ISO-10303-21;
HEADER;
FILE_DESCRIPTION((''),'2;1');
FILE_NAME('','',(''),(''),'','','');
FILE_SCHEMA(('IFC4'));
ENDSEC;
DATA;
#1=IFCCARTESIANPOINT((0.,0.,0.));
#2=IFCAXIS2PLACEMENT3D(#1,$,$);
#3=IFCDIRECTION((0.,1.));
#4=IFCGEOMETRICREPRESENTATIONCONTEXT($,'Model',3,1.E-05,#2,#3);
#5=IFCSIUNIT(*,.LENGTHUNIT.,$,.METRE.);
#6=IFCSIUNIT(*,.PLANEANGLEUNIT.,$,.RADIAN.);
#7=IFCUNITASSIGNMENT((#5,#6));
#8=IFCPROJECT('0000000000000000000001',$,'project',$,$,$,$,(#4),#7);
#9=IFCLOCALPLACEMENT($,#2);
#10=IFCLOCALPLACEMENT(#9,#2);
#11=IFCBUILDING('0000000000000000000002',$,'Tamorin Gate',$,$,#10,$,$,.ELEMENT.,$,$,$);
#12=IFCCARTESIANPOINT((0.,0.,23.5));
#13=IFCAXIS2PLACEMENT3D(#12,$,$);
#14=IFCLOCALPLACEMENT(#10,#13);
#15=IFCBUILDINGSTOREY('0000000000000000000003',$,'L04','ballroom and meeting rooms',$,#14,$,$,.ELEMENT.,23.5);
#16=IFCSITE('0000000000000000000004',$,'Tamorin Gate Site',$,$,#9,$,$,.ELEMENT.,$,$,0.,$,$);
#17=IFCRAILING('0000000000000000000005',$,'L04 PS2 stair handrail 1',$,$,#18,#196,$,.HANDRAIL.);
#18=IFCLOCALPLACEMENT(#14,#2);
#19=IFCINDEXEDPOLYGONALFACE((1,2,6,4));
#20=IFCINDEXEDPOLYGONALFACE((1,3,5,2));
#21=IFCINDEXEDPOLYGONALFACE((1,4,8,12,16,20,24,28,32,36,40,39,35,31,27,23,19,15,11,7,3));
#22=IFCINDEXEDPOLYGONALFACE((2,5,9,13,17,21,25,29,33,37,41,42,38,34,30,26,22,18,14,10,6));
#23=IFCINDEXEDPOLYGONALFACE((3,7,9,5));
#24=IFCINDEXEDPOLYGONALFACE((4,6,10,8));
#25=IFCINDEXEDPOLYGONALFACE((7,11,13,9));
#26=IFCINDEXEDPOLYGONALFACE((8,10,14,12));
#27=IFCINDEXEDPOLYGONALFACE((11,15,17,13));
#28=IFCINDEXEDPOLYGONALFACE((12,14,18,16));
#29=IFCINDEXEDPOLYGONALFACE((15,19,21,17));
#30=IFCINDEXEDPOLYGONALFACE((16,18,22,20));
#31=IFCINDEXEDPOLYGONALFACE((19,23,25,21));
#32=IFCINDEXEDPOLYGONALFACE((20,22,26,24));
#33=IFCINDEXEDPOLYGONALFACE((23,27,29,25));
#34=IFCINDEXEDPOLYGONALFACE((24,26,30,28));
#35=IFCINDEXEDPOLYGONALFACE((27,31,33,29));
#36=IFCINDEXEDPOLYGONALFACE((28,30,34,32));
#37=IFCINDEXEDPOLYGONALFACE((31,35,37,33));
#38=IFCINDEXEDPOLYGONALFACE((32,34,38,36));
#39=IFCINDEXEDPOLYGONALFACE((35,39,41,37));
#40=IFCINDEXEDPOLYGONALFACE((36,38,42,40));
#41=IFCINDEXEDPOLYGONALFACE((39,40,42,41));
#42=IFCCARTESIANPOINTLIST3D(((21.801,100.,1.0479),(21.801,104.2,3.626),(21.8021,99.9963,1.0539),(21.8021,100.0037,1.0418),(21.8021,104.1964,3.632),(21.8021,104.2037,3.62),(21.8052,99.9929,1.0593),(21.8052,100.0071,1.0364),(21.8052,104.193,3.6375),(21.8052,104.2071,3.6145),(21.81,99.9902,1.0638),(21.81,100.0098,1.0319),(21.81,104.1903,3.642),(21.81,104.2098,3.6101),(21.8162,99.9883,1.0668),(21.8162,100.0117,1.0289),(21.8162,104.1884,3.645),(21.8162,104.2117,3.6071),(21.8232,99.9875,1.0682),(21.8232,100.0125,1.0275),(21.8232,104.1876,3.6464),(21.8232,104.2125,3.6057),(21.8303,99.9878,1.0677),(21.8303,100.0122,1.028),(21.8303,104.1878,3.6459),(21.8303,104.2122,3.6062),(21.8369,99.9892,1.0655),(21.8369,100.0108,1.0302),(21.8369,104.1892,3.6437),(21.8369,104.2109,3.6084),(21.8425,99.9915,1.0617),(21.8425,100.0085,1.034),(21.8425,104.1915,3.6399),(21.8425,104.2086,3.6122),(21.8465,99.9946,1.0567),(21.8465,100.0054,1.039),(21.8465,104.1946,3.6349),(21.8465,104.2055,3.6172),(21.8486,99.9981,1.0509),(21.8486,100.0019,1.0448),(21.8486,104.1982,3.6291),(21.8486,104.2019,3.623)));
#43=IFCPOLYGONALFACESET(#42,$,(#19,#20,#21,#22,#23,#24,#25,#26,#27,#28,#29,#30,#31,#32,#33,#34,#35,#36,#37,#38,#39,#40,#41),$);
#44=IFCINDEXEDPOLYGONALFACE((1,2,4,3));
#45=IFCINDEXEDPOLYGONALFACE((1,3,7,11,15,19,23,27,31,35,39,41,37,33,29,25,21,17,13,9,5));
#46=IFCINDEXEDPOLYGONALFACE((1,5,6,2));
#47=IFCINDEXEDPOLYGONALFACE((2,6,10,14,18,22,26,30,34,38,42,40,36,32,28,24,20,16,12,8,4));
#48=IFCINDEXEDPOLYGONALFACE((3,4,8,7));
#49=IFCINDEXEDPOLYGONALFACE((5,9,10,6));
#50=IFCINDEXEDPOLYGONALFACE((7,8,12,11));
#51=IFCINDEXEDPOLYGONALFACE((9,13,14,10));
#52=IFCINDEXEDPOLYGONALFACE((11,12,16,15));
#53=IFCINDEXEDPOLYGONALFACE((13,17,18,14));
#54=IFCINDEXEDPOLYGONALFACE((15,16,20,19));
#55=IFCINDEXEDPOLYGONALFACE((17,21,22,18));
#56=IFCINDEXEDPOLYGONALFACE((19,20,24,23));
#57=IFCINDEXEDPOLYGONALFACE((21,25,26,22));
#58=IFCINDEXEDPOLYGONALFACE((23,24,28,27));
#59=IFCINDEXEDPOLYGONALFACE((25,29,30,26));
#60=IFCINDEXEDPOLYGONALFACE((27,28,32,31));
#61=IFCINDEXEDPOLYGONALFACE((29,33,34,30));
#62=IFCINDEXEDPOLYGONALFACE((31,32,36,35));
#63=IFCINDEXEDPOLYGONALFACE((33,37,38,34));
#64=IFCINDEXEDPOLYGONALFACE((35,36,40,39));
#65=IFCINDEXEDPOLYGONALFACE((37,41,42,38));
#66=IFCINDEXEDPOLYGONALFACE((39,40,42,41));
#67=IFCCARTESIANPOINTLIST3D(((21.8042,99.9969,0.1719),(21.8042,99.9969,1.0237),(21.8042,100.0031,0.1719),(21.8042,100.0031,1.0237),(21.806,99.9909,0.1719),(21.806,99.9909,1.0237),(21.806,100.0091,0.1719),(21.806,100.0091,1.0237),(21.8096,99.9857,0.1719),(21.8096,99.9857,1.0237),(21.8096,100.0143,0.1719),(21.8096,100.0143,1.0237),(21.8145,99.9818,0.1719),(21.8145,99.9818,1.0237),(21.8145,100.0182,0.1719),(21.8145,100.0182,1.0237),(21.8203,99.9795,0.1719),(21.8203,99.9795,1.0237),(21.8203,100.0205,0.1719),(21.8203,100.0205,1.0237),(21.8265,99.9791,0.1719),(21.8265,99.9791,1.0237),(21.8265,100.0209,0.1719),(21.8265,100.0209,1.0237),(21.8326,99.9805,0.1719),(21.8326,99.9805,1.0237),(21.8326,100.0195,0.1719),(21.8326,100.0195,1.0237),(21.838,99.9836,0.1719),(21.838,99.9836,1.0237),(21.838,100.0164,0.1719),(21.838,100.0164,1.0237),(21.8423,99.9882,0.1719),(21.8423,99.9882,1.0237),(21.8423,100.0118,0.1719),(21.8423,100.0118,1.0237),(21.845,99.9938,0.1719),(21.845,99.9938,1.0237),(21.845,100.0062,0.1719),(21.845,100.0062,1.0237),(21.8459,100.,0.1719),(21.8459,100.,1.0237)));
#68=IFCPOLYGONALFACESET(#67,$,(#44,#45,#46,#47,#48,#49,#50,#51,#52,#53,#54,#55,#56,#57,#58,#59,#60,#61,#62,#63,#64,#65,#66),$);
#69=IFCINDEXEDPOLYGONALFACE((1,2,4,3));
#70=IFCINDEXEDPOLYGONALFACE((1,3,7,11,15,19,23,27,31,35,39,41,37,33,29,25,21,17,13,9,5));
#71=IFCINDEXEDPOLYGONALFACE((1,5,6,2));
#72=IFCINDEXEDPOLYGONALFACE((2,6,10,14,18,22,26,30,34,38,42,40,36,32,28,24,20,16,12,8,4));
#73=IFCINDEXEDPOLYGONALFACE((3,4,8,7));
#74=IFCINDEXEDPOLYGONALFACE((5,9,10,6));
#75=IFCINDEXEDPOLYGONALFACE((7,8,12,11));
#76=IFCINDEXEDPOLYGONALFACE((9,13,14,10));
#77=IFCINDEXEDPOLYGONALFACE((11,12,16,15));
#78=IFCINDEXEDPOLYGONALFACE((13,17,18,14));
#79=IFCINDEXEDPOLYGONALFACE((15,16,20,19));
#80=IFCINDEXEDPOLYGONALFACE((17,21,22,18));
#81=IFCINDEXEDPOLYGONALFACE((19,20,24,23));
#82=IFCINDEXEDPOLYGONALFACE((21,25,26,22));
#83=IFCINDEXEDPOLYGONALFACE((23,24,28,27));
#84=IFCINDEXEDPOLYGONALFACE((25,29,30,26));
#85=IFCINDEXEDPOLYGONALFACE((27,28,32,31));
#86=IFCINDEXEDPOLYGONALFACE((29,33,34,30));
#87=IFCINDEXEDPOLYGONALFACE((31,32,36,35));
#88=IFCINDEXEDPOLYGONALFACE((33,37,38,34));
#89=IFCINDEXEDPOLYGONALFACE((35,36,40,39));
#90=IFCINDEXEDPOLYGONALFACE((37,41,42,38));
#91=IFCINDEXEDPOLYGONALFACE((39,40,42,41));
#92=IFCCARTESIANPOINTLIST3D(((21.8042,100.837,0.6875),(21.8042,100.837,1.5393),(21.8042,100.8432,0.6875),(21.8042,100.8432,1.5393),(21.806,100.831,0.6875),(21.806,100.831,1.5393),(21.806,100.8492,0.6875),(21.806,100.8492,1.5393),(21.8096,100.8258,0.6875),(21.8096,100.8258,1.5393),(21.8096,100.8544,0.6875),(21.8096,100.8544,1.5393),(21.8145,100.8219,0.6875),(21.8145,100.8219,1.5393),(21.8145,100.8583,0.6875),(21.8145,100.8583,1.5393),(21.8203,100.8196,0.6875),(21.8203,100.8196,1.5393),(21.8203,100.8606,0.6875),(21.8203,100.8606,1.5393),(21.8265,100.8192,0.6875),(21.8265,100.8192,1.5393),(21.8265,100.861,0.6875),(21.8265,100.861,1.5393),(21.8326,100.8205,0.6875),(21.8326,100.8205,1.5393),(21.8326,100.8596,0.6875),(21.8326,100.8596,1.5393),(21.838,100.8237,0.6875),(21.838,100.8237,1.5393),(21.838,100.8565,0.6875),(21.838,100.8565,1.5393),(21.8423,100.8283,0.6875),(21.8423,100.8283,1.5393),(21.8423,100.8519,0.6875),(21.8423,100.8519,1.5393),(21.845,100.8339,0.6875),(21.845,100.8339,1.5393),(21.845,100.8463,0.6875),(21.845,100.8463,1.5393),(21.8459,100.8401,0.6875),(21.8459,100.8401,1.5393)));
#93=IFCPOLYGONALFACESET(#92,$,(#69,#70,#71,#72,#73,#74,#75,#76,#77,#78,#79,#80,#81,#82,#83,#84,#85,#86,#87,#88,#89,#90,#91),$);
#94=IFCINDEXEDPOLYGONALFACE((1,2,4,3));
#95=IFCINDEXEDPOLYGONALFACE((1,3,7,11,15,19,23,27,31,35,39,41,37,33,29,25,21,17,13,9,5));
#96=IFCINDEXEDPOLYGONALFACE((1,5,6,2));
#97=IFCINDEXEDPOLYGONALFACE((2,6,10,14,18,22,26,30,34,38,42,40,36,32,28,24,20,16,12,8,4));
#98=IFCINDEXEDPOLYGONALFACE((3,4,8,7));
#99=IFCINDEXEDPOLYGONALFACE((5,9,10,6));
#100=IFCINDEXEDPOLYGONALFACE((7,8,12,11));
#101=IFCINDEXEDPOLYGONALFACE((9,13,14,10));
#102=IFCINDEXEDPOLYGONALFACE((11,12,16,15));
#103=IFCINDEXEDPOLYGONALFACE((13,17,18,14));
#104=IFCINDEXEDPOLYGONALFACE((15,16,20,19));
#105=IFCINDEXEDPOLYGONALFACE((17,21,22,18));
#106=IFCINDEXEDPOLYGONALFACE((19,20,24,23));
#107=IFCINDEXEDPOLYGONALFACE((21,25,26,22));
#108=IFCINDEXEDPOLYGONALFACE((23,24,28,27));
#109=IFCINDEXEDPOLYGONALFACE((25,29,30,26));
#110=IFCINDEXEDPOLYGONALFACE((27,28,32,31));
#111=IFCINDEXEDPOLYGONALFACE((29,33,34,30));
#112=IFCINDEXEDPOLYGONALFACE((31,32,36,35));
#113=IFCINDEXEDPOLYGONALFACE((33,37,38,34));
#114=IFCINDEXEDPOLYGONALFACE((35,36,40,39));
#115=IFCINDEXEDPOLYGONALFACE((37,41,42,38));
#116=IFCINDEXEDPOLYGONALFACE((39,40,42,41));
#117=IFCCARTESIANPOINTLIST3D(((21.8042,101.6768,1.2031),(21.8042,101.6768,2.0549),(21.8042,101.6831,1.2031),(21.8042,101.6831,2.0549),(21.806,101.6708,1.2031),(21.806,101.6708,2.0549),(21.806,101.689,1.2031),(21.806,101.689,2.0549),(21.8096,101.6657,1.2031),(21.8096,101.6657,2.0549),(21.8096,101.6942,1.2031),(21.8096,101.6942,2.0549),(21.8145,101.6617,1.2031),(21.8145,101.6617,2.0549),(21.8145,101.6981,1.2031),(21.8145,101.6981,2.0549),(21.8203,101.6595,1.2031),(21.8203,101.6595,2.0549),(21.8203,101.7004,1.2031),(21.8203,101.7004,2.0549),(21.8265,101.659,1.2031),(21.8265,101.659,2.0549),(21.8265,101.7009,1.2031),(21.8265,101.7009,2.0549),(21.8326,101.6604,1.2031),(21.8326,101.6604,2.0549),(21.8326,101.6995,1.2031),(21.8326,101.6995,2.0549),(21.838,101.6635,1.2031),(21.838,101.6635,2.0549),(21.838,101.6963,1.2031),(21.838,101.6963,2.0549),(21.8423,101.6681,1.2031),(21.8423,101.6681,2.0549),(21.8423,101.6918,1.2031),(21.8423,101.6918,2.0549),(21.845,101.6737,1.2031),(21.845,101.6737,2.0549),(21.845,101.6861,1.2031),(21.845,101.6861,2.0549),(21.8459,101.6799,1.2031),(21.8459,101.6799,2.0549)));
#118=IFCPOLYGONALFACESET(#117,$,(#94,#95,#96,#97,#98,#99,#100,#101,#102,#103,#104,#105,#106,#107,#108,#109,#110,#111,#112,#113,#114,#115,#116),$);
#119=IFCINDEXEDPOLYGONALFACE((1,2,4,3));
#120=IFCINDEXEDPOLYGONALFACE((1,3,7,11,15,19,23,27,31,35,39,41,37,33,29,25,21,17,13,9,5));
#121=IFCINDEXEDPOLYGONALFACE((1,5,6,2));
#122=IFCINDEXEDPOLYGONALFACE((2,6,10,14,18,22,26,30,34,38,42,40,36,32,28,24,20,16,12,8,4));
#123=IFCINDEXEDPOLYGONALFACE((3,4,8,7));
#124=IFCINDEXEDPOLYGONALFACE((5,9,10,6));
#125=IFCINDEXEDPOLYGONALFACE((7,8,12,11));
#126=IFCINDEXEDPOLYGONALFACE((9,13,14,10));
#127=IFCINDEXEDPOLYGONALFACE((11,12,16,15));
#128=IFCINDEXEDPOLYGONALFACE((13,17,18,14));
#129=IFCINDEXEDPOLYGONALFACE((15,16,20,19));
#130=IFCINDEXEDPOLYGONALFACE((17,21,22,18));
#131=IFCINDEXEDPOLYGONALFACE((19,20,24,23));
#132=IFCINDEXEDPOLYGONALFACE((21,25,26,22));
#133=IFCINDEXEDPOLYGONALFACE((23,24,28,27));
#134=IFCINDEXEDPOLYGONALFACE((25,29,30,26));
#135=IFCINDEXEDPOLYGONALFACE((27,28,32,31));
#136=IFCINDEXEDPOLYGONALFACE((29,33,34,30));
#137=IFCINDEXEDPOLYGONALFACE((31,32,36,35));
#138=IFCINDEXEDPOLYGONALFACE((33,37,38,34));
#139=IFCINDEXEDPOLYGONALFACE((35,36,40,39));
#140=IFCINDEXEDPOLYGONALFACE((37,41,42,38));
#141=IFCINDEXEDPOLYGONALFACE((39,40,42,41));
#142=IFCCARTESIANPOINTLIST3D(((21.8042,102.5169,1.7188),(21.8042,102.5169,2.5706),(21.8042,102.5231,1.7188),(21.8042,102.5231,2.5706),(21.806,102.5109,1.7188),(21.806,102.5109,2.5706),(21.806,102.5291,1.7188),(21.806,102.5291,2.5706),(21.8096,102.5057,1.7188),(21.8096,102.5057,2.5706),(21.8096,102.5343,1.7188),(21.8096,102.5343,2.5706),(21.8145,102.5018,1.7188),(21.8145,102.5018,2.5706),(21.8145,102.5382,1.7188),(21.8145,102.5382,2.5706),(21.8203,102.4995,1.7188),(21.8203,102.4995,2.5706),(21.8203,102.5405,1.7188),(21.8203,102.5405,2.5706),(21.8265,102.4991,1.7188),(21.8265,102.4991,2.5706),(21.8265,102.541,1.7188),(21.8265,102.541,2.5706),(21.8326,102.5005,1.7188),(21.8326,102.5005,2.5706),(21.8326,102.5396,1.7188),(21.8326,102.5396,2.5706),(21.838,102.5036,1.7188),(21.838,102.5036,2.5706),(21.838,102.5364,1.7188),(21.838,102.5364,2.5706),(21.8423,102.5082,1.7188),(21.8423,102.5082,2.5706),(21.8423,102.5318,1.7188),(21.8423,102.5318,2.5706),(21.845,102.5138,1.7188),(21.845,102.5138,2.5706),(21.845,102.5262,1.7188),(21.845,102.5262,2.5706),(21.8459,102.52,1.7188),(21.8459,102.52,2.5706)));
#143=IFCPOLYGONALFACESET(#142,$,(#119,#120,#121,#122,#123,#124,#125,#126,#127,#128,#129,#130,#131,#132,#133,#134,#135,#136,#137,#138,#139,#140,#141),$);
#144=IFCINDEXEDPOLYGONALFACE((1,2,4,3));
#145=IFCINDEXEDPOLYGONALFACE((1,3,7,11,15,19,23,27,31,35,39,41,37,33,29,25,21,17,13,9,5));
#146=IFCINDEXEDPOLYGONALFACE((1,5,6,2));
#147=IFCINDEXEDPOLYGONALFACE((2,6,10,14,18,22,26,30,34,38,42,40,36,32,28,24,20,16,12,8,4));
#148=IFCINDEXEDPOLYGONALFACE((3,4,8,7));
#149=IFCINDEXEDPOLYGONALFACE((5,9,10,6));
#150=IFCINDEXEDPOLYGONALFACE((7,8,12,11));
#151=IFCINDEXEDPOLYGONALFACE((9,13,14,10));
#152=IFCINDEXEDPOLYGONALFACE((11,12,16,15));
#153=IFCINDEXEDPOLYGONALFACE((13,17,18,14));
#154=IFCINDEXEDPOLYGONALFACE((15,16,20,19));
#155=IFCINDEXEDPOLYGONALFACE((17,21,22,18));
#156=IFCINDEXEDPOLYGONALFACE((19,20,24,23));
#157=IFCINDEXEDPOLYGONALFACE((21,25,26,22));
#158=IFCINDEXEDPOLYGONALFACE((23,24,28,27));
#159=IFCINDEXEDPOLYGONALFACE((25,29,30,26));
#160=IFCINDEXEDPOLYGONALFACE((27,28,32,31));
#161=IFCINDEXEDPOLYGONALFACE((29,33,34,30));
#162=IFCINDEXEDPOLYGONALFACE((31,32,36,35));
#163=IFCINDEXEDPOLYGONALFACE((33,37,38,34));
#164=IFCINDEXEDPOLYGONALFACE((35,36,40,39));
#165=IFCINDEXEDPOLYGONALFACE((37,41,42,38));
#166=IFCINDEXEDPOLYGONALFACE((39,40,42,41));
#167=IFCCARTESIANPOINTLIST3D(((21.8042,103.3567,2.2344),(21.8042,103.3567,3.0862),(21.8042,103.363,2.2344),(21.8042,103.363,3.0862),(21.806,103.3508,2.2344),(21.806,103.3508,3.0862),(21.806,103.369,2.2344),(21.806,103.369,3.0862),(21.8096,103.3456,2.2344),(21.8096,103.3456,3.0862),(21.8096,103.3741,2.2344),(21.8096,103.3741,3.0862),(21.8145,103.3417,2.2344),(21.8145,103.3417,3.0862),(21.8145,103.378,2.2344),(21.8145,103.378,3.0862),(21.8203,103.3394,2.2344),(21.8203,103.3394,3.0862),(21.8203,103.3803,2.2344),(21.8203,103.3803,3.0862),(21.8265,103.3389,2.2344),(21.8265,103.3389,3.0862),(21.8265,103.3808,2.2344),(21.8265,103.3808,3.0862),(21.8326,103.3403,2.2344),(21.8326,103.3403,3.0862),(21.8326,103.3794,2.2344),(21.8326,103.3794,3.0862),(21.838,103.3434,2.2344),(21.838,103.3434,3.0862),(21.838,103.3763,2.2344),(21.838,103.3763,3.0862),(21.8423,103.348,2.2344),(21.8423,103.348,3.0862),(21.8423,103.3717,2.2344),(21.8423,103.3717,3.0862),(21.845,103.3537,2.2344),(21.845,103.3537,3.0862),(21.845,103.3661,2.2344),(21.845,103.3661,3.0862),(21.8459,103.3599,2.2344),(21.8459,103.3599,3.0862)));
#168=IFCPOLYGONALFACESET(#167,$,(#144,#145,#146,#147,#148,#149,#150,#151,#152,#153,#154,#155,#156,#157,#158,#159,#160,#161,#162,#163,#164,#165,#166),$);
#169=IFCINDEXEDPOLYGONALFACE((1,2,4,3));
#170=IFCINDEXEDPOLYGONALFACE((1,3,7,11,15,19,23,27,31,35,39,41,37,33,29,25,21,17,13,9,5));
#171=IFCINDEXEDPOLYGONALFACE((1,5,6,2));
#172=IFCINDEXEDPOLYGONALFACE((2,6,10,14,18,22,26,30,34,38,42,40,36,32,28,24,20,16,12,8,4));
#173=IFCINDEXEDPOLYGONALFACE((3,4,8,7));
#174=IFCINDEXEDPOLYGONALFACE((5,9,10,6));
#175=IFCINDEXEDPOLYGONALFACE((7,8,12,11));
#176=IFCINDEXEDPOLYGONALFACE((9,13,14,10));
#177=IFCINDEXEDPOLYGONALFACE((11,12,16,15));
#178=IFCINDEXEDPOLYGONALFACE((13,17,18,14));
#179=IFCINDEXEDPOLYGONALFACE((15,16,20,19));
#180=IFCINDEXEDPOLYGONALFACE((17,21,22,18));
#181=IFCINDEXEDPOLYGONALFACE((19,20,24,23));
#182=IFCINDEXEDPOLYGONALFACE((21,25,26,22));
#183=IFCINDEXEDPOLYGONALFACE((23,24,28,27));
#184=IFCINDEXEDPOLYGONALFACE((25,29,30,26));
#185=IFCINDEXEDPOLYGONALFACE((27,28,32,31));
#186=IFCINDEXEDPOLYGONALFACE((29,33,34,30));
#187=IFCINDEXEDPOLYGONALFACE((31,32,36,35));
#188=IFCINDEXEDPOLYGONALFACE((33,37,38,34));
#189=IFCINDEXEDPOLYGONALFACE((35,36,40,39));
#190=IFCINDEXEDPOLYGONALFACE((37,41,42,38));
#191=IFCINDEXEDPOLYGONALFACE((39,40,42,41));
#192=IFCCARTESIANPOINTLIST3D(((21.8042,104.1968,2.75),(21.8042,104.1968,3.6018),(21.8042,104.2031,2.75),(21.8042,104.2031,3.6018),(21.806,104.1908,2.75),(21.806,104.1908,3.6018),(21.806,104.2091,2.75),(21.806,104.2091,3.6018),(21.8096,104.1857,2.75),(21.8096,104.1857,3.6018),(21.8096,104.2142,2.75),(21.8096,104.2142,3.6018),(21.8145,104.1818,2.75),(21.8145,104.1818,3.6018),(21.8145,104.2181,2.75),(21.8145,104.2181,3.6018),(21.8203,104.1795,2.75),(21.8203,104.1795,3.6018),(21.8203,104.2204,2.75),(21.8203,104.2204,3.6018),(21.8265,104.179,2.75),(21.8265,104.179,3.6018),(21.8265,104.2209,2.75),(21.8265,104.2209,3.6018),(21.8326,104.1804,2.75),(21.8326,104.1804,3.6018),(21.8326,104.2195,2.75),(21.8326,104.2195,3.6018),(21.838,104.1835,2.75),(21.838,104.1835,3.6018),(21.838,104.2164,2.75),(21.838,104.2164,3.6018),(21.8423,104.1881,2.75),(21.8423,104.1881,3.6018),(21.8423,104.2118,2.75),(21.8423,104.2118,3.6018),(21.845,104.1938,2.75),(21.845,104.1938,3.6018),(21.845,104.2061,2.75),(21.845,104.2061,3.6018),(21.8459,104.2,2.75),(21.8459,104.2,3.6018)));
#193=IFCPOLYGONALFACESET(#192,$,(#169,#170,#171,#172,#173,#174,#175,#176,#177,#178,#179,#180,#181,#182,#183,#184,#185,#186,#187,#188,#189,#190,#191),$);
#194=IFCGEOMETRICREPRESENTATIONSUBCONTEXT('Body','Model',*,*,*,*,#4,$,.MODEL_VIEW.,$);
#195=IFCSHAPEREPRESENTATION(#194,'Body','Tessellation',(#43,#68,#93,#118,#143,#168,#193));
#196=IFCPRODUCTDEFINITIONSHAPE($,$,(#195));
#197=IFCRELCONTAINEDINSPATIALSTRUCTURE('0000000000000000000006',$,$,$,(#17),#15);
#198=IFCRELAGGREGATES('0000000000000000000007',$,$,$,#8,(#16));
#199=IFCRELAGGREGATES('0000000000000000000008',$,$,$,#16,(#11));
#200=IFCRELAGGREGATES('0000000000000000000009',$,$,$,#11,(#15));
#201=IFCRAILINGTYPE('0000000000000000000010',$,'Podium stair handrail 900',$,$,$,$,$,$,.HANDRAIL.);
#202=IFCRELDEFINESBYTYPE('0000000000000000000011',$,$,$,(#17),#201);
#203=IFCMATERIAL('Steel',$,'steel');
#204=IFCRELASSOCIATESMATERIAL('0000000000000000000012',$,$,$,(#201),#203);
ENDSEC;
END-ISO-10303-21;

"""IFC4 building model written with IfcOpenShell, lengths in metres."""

from ifc_helpers import new_model, si_unit, direction, frame, origin, origin_2d, place, context, subcontext, project, spatial, circle, extrude, material, type_object, element, save


model = new_model("IFC4")

# Units and contexts
model_context = context("Model", 3, precision=1e-05, world=origin(), true_north=direction((0.0, 1.0)))
body_context = subcontext(model_context, "Body", "Model", "MODEL_VIEW")
ifc_project = project(units=[si_unit("LENGTHUNIT", "METRE"), si_unit("PLANEANGLEUNIT", "RADIAN")], contexts=[model_context])

# Site, building, storey
site_placement = place(None, origin())
site = spatial("IfcSite", under=ifc_project, at=site_placement, Name="Tamorin Gate Site", CompositionType="ELEMENT", RefElevation=0.0)
building_placement = place(site_placement, origin())
building = spatial("IfcBuilding", under=site, at=building_placement, Name="Tamorin Gate", CompositionType="ELEMENT")
storey_placement = place(building_placement, frame((0.0, 0.0, 23.5)))
storey = spatial("IfcBuildingStorey", under=building, at=storey_placement, Name="L04", Description="ballroom and meeting rooms", CompositionType="ELEMENT", Elevation=23.5)

# Railing
ifc_material_1 = material(Name="Steel", Category="steel")
railing_type_1 = type_object("IfcRailingType", Name="Podium stair handrail 900", PredefinedType="HANDRAIL", material=ifc_material_1)
railing_1_placement = place(storey_placement, frame((21.825, 100.0, 0.1719)))
element("IfcRailing", 1, at=railing_1_placement, inside=storey, type_object=railing_type_1, Name="L04 PS2 stair handrail 1", PredefinedType="HANDRAIL", context=body_context, shape_type="SweptSolid", body=[
    extrude(circle(Radius=0.0239, at=origin_2d()), frame((0.0, 0.0, 0.876), z_axis=(0.0, 0.852243, 0.523146), x_axis=(-1.0, 0.0, 0.0)), (0.0, 0.0, 1.0), 4.9282),
    extrude(circle(Radius=0.021, at=origin_2d()), origin(), (0.0, 0.0, 1.0), 0.8518),
    extrude(circle(Radius=0.021, at=origin_2d()), frame((0.0, 0.8401, 0.5156)), (0.0, 0.0, 1.0), 0.8518),
    extrude(circle(Radius=0.021, at=origin_2d()), frame((0.0, 1.6799, 1.0312)), (0.0, 0.0, 1.0), 0.8518),
    extrude(circle(Radius=0.021, at=origin_2d()), frame((0.0, 2.52, 1.5469)), (0.0, 0.0, 1.0), 0.8518),
    extrude(circle(Radius=0.021, at=origin_2d()), frame((0.0, 3.3599, 2.0625)), (0.0, 0.0, 1.0), 0.8518),
    extrude(circle(Radius=0.021, at=origin_2d()), frame((0.0, 4.2, 2.5781)), (0.0, 0.0, 1.0), 0.8518),
])

save(model, "model.ifc")
